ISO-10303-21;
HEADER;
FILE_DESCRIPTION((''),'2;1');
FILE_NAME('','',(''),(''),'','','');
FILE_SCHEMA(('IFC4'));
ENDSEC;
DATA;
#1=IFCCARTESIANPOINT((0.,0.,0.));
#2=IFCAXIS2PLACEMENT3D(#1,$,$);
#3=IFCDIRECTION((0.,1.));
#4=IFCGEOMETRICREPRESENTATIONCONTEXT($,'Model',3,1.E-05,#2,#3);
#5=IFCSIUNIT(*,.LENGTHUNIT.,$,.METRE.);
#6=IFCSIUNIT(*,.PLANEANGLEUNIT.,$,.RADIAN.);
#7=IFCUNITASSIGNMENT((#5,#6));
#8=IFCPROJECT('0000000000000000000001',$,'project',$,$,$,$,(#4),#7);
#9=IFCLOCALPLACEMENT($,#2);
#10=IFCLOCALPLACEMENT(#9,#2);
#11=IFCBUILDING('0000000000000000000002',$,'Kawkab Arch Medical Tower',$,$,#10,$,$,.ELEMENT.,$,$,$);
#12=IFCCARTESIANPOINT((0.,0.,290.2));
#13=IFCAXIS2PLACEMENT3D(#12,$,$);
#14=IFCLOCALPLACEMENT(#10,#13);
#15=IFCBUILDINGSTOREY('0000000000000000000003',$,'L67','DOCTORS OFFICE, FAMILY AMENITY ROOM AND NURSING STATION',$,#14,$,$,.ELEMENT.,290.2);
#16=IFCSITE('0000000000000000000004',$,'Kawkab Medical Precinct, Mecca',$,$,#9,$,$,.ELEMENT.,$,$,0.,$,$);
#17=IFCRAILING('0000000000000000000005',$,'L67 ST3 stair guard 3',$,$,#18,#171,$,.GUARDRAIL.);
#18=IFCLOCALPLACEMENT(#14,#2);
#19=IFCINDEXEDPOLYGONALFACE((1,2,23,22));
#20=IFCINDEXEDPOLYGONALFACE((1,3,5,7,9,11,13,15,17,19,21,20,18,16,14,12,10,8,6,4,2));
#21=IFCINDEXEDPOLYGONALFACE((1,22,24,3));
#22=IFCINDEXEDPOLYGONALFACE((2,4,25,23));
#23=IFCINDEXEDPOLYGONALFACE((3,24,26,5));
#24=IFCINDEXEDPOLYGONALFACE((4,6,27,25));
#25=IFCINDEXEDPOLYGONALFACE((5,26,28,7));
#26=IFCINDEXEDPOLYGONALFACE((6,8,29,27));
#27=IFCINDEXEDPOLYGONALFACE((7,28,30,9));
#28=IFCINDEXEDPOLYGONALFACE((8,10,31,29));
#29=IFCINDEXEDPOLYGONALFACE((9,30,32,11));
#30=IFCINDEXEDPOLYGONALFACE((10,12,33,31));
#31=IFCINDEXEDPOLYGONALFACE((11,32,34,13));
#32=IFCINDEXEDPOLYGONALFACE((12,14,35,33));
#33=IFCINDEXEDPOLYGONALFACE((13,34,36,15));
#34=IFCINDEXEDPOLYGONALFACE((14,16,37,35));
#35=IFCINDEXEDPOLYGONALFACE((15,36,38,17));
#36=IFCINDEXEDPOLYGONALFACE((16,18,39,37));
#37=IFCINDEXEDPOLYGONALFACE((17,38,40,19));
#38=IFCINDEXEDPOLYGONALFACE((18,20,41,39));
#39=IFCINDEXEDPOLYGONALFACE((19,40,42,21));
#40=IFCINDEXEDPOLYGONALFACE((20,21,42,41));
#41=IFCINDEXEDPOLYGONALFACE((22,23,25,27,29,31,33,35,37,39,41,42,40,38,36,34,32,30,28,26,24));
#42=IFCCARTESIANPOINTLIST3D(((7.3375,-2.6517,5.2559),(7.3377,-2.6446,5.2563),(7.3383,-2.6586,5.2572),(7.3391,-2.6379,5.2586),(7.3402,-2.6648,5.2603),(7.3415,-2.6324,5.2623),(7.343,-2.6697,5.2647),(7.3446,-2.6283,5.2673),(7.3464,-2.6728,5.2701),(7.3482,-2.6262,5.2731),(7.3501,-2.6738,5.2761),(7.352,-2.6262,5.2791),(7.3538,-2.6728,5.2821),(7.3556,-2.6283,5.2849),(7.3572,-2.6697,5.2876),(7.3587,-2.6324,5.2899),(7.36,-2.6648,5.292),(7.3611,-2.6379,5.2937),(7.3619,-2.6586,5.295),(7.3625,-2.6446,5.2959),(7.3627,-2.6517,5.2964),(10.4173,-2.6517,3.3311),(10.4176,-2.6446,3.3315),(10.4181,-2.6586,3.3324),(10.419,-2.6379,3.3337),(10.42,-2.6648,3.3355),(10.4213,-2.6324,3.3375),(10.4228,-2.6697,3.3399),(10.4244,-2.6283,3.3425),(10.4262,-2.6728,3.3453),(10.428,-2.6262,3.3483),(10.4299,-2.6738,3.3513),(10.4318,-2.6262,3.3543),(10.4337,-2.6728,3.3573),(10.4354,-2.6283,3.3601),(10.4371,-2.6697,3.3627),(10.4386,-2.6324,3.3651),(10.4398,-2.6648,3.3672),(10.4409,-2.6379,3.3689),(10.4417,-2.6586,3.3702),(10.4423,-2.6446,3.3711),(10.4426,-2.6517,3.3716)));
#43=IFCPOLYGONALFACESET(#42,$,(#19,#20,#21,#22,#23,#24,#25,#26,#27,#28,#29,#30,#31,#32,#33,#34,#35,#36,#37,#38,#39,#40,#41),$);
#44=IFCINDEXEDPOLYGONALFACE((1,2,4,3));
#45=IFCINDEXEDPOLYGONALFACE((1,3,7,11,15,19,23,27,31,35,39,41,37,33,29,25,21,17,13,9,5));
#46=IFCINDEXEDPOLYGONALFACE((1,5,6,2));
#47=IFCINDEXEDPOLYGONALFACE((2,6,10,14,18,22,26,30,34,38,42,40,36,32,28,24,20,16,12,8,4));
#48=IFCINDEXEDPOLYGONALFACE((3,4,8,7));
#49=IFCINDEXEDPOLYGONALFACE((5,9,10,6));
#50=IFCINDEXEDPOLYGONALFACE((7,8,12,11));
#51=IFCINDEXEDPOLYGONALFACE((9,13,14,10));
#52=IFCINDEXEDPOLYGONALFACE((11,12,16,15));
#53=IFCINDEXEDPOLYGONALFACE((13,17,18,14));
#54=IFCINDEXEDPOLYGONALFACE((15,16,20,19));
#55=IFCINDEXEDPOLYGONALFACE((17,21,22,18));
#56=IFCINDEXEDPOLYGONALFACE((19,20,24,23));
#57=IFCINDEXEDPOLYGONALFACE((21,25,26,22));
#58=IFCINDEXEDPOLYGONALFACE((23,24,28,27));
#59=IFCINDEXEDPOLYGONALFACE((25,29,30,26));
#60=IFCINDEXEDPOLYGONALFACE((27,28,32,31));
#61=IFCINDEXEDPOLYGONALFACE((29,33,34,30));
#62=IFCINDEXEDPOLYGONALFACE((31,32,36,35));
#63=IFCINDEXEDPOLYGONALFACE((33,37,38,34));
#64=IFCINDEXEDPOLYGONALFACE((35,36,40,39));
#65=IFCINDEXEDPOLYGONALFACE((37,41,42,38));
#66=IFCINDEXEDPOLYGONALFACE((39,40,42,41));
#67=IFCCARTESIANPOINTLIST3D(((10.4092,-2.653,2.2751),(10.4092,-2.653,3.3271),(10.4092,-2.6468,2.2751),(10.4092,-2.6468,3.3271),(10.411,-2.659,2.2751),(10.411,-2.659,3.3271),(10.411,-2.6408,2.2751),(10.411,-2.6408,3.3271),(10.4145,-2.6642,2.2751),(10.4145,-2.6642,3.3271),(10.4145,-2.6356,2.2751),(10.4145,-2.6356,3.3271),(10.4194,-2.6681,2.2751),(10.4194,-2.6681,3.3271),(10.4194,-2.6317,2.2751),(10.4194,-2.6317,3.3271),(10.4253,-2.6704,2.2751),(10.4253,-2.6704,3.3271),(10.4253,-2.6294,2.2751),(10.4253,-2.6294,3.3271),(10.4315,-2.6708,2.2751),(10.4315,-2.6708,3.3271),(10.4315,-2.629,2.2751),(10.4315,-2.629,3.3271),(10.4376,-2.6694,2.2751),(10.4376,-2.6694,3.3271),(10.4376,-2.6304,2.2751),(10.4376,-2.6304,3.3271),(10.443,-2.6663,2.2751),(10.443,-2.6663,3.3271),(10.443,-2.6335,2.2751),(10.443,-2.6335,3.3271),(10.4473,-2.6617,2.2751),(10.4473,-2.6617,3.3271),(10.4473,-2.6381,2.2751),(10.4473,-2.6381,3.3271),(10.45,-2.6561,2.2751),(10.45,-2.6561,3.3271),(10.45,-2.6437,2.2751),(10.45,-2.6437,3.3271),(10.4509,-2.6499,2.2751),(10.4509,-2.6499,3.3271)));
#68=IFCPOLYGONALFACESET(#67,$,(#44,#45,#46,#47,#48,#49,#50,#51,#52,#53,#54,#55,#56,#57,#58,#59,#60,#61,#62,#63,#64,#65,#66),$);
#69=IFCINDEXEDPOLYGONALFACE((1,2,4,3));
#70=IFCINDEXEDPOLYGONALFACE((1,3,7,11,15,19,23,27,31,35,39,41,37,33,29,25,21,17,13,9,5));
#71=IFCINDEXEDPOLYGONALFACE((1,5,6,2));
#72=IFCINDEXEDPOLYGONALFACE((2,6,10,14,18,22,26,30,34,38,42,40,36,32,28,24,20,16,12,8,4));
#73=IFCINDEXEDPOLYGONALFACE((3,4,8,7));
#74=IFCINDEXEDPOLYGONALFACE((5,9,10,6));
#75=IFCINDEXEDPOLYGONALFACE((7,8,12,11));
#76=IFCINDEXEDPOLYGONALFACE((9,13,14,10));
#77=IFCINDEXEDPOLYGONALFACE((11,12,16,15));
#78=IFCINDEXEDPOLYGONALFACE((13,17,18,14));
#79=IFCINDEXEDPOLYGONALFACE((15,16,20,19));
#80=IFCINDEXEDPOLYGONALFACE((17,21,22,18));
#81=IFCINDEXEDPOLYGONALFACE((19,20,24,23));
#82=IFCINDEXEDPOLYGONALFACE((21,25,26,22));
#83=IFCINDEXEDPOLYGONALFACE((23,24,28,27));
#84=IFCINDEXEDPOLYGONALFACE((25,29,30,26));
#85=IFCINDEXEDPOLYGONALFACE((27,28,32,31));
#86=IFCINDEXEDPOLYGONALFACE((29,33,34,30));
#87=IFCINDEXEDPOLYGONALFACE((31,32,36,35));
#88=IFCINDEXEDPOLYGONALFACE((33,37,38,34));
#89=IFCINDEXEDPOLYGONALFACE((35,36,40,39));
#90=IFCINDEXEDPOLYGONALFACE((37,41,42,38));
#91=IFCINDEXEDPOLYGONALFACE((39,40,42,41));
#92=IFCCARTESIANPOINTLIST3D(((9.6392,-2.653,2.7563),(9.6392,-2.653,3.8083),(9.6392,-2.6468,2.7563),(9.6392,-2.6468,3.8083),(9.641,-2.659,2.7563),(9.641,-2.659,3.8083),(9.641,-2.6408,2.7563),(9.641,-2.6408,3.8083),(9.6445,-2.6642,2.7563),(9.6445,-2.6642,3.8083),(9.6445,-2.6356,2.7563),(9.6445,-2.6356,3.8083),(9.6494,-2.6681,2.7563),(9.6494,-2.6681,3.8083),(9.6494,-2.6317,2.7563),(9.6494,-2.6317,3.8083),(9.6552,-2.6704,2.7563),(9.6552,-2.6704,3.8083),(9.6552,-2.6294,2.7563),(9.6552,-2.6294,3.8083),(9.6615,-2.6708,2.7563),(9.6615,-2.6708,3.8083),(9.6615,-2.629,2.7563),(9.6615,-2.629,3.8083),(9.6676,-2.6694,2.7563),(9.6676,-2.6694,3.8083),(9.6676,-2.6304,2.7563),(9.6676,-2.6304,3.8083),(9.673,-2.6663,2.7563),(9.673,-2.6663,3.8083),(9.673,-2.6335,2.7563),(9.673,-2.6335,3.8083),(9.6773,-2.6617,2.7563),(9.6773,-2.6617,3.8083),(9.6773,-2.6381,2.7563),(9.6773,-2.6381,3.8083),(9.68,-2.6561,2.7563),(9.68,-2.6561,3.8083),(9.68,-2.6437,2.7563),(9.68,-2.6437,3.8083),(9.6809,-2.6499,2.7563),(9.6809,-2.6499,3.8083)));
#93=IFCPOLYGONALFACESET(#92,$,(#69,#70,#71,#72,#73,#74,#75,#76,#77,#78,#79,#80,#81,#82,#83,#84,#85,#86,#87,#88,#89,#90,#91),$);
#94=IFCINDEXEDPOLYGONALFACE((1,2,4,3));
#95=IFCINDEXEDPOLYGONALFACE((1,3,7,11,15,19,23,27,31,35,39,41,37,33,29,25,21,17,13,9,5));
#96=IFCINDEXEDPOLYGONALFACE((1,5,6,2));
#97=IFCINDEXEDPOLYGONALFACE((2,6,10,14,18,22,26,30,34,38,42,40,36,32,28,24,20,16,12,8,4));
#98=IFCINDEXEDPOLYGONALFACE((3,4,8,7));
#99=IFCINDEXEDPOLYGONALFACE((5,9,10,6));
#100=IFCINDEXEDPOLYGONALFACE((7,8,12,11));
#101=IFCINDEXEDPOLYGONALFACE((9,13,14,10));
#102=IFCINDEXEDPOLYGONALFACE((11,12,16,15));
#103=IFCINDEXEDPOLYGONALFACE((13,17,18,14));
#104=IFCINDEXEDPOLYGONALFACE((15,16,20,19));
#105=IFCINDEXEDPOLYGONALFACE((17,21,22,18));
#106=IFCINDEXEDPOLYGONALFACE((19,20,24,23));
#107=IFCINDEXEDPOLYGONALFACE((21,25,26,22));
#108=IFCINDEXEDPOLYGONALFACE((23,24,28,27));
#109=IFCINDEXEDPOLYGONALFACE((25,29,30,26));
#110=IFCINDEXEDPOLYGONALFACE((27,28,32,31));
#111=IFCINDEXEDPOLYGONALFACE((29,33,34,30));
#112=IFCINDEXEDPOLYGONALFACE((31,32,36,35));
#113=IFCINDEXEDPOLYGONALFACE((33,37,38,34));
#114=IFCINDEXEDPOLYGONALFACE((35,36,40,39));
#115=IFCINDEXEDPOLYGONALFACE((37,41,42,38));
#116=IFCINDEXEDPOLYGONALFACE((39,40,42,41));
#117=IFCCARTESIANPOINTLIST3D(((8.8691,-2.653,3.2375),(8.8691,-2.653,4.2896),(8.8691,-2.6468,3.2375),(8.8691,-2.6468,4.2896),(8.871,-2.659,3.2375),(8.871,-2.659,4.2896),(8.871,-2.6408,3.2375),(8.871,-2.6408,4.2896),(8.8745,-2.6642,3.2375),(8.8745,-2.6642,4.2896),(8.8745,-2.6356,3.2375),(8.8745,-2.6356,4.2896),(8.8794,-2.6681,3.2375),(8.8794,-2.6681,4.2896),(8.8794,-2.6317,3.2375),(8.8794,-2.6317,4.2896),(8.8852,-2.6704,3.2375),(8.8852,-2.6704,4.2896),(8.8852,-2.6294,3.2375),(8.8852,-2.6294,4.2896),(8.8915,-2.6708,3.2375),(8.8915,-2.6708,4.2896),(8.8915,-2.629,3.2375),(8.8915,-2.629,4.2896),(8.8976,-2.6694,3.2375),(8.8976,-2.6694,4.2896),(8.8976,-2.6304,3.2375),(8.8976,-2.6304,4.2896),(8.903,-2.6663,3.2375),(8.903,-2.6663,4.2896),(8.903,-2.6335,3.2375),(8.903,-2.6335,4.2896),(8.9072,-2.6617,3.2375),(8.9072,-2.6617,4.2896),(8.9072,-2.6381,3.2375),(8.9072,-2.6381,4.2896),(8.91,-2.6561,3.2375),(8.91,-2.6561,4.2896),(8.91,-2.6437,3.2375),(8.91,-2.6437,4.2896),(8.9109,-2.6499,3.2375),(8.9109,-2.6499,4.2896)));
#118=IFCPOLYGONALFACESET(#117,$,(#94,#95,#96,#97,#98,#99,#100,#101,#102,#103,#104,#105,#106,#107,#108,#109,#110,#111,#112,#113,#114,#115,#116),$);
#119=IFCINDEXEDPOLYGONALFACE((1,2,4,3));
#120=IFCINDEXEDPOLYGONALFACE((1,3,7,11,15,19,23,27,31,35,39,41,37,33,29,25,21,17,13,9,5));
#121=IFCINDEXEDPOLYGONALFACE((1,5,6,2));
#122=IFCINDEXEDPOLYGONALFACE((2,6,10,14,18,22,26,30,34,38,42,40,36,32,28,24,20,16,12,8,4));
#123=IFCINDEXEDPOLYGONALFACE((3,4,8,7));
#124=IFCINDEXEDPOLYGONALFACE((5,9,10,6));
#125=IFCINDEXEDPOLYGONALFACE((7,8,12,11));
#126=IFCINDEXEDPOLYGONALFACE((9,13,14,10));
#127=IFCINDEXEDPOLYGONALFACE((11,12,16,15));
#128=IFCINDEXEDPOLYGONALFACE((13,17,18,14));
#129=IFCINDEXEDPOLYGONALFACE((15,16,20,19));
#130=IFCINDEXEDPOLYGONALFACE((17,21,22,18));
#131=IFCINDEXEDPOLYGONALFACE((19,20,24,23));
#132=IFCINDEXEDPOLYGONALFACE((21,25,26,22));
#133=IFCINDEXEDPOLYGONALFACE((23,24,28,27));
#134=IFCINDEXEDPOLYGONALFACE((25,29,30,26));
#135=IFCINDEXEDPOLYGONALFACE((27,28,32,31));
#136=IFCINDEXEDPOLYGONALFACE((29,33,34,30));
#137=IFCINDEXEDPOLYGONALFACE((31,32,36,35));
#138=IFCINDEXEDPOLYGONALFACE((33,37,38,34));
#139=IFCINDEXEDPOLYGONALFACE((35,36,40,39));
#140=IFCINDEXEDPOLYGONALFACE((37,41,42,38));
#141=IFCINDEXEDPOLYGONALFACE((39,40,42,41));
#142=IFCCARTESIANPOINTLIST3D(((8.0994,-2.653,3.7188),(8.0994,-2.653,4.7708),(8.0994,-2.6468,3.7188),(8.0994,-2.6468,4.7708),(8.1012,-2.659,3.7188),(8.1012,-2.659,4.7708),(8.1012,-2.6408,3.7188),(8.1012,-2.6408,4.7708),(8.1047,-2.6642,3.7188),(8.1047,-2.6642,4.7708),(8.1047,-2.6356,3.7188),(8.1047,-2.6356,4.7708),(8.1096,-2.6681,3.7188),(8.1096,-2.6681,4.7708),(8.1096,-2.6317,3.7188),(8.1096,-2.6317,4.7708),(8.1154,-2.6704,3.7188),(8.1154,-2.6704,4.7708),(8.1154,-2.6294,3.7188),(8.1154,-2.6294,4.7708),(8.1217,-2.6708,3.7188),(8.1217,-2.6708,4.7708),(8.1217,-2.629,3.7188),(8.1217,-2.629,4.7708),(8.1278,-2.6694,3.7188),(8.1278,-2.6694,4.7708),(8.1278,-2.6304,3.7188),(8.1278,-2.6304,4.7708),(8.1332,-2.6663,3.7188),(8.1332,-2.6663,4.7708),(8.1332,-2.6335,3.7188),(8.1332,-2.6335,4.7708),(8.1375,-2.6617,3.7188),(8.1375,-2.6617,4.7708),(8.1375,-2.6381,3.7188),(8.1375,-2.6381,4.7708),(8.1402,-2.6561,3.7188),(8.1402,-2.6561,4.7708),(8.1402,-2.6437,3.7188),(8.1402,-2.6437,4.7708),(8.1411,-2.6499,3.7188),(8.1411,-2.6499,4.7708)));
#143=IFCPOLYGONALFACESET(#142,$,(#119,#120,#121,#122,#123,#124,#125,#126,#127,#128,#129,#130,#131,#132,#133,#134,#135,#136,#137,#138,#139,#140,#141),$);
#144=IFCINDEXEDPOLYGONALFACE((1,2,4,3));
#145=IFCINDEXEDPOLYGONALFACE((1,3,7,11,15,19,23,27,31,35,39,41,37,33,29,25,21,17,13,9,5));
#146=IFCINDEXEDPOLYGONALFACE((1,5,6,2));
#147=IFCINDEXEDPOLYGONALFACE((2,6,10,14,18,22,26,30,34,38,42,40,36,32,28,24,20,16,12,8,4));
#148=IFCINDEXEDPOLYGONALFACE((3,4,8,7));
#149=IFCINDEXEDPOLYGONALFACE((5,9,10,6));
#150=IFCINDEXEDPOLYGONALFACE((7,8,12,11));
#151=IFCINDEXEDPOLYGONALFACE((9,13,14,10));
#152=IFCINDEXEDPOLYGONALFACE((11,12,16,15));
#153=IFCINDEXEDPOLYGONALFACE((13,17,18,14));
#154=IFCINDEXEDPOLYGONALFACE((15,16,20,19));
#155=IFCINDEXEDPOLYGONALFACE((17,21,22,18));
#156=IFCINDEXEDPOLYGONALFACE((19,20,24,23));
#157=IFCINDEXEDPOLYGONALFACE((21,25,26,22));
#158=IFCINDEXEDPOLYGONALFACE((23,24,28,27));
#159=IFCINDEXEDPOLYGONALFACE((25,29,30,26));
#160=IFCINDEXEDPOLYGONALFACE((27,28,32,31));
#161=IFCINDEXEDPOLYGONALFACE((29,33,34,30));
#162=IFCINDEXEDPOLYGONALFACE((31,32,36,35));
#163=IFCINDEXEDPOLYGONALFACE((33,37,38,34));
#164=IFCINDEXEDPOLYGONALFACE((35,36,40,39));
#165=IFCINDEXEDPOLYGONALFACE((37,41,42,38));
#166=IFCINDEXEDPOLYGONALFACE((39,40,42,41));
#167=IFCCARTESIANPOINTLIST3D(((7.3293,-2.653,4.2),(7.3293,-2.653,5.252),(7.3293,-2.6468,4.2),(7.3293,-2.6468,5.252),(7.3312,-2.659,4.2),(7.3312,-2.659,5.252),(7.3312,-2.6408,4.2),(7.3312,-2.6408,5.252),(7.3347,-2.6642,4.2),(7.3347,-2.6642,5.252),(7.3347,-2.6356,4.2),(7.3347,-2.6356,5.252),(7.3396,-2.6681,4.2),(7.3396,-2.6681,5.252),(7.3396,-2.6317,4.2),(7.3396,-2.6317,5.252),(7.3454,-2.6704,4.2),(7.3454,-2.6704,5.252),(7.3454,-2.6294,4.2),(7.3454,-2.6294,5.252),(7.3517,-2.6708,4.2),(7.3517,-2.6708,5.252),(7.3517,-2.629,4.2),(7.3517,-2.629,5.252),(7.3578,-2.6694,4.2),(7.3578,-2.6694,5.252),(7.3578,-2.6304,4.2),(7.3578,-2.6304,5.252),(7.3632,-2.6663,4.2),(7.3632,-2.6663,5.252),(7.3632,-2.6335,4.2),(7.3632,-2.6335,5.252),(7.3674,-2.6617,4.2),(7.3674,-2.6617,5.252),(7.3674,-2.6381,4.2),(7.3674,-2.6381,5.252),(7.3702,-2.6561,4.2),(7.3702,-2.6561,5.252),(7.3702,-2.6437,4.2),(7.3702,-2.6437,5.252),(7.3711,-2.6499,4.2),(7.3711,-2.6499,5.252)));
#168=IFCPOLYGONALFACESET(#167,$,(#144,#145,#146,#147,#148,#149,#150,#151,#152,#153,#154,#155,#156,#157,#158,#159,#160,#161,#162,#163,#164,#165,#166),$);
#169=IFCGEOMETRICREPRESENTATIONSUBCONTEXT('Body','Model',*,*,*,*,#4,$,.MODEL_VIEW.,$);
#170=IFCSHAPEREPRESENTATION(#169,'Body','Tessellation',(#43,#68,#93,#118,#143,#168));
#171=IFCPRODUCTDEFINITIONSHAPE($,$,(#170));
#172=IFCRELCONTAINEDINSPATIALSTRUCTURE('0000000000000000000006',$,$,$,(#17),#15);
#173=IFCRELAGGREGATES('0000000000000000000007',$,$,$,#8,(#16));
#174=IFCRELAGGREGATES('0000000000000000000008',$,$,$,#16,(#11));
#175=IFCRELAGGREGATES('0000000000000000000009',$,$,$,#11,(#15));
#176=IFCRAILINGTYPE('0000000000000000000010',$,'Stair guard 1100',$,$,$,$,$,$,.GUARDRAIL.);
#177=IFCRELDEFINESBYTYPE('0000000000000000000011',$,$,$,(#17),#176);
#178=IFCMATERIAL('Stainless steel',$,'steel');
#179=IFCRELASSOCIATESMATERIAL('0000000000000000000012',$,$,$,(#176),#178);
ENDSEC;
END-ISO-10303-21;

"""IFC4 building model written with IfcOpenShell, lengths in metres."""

from ifc_helpers import new_model, si_unit, direction, frame, origin, origin_2d, place, context, subcontext, project, spatial, circle, extrude, material, type_object, element, save


model = new_model("IFC4")

# Units and contexts
model_context = context("Model", 3, precision=1e-05, world=origin(), true_north=direction((0.0, 1.0)))
body_context = subcontext(model_context, "Body", "Model", "MODEL_VIEW")
ifc_project = project(units=[si_unit("LENGTHUNIT", "METRE"), si_unit("PLANEANGLEUNIT", "RADIAN")], contexts=[model_context])

# Site, building, storey
site_placement = place(None, origin())
site = spatial("IfcSite", under=ifc_project, at=site_placement, Name="Kawkab Medical Precinct, Mecca", CompositionType="ELEMENT", RefElevation=0.0)
building_placement = place(site_placement, origin())
building = spatial("IfcBuilding", under=site, at=building_placement, Name="Kawkab Arch Medical Tower", CompositionType="ELEMENT")
storey_placement = place(building_placement, frame((0.0, 0.0, 290.2)))
storey = spatial("IfcBuildingStorey", under=building, at=storey_placement, Name="L67", Description="DOCTORS OFFICE, FAMILY AMENITY ROOM AND NURSING STATION", CompositionType="ELEMENT", Elevation=290.2)

# Railing
ifc_material_1 = material(Name="Stainless steel", Category="steel")
railing_type = type_object("IfcRailingType", Name="Stair guard 1100", PredefinedType="GUARDRAIL", material=ifc_material_1)
railing_1_placement = place(storey_placement, frame((10.4299, -2.6499, 2.2751)))
element("IfcRailing", 1, at=railing_1_placement, inside=storey, type_object=railing_type, Name="L67 ST3 stair guard 3", PredefinedType="GUARDRAIL", context=body_context, shape_type="SweptSolid", body=[
    extrude(circle(Radius=0.0239, at=origin_2d()), frame((0.0, 0.0, 1.0762), z_axis=(-0.84801, 0.0, 0.529981), x_axis=(0.0, -1.0, 0.0)), (0.0, 0.0, 1.0), 3.6318),
    extrude(circle(Radius=0.021, at=origin_2d()), origin(), (0.0, 0.0, 1.0), 1.052),
    extrude(circle(Radius=0.021, at=origin_2d()), frame((-0.77, 0.0, 0.4812)), (0.0, 0.0, 1.0), 1.052),
    extrude(circle(Radius=0.021, at=origin_2d()), frame((-1.54, 0.0, 0.9624)), (0.0, 0.0, 1.0), 1.052),
    extrude(circle(Radius=0.021, at=origin_2d()), frame((-2.3098, 0.0, 1.4436)), (0.0, 0.0, 1.0), 1.052),
    extrude(circle(Radius=0.021, at=origin_2d()), frame((-3.0798, 0.0, 1.9248)), (0.0, 0.0, 1.0), 1.052),
])

save(model, "model.ifc")
